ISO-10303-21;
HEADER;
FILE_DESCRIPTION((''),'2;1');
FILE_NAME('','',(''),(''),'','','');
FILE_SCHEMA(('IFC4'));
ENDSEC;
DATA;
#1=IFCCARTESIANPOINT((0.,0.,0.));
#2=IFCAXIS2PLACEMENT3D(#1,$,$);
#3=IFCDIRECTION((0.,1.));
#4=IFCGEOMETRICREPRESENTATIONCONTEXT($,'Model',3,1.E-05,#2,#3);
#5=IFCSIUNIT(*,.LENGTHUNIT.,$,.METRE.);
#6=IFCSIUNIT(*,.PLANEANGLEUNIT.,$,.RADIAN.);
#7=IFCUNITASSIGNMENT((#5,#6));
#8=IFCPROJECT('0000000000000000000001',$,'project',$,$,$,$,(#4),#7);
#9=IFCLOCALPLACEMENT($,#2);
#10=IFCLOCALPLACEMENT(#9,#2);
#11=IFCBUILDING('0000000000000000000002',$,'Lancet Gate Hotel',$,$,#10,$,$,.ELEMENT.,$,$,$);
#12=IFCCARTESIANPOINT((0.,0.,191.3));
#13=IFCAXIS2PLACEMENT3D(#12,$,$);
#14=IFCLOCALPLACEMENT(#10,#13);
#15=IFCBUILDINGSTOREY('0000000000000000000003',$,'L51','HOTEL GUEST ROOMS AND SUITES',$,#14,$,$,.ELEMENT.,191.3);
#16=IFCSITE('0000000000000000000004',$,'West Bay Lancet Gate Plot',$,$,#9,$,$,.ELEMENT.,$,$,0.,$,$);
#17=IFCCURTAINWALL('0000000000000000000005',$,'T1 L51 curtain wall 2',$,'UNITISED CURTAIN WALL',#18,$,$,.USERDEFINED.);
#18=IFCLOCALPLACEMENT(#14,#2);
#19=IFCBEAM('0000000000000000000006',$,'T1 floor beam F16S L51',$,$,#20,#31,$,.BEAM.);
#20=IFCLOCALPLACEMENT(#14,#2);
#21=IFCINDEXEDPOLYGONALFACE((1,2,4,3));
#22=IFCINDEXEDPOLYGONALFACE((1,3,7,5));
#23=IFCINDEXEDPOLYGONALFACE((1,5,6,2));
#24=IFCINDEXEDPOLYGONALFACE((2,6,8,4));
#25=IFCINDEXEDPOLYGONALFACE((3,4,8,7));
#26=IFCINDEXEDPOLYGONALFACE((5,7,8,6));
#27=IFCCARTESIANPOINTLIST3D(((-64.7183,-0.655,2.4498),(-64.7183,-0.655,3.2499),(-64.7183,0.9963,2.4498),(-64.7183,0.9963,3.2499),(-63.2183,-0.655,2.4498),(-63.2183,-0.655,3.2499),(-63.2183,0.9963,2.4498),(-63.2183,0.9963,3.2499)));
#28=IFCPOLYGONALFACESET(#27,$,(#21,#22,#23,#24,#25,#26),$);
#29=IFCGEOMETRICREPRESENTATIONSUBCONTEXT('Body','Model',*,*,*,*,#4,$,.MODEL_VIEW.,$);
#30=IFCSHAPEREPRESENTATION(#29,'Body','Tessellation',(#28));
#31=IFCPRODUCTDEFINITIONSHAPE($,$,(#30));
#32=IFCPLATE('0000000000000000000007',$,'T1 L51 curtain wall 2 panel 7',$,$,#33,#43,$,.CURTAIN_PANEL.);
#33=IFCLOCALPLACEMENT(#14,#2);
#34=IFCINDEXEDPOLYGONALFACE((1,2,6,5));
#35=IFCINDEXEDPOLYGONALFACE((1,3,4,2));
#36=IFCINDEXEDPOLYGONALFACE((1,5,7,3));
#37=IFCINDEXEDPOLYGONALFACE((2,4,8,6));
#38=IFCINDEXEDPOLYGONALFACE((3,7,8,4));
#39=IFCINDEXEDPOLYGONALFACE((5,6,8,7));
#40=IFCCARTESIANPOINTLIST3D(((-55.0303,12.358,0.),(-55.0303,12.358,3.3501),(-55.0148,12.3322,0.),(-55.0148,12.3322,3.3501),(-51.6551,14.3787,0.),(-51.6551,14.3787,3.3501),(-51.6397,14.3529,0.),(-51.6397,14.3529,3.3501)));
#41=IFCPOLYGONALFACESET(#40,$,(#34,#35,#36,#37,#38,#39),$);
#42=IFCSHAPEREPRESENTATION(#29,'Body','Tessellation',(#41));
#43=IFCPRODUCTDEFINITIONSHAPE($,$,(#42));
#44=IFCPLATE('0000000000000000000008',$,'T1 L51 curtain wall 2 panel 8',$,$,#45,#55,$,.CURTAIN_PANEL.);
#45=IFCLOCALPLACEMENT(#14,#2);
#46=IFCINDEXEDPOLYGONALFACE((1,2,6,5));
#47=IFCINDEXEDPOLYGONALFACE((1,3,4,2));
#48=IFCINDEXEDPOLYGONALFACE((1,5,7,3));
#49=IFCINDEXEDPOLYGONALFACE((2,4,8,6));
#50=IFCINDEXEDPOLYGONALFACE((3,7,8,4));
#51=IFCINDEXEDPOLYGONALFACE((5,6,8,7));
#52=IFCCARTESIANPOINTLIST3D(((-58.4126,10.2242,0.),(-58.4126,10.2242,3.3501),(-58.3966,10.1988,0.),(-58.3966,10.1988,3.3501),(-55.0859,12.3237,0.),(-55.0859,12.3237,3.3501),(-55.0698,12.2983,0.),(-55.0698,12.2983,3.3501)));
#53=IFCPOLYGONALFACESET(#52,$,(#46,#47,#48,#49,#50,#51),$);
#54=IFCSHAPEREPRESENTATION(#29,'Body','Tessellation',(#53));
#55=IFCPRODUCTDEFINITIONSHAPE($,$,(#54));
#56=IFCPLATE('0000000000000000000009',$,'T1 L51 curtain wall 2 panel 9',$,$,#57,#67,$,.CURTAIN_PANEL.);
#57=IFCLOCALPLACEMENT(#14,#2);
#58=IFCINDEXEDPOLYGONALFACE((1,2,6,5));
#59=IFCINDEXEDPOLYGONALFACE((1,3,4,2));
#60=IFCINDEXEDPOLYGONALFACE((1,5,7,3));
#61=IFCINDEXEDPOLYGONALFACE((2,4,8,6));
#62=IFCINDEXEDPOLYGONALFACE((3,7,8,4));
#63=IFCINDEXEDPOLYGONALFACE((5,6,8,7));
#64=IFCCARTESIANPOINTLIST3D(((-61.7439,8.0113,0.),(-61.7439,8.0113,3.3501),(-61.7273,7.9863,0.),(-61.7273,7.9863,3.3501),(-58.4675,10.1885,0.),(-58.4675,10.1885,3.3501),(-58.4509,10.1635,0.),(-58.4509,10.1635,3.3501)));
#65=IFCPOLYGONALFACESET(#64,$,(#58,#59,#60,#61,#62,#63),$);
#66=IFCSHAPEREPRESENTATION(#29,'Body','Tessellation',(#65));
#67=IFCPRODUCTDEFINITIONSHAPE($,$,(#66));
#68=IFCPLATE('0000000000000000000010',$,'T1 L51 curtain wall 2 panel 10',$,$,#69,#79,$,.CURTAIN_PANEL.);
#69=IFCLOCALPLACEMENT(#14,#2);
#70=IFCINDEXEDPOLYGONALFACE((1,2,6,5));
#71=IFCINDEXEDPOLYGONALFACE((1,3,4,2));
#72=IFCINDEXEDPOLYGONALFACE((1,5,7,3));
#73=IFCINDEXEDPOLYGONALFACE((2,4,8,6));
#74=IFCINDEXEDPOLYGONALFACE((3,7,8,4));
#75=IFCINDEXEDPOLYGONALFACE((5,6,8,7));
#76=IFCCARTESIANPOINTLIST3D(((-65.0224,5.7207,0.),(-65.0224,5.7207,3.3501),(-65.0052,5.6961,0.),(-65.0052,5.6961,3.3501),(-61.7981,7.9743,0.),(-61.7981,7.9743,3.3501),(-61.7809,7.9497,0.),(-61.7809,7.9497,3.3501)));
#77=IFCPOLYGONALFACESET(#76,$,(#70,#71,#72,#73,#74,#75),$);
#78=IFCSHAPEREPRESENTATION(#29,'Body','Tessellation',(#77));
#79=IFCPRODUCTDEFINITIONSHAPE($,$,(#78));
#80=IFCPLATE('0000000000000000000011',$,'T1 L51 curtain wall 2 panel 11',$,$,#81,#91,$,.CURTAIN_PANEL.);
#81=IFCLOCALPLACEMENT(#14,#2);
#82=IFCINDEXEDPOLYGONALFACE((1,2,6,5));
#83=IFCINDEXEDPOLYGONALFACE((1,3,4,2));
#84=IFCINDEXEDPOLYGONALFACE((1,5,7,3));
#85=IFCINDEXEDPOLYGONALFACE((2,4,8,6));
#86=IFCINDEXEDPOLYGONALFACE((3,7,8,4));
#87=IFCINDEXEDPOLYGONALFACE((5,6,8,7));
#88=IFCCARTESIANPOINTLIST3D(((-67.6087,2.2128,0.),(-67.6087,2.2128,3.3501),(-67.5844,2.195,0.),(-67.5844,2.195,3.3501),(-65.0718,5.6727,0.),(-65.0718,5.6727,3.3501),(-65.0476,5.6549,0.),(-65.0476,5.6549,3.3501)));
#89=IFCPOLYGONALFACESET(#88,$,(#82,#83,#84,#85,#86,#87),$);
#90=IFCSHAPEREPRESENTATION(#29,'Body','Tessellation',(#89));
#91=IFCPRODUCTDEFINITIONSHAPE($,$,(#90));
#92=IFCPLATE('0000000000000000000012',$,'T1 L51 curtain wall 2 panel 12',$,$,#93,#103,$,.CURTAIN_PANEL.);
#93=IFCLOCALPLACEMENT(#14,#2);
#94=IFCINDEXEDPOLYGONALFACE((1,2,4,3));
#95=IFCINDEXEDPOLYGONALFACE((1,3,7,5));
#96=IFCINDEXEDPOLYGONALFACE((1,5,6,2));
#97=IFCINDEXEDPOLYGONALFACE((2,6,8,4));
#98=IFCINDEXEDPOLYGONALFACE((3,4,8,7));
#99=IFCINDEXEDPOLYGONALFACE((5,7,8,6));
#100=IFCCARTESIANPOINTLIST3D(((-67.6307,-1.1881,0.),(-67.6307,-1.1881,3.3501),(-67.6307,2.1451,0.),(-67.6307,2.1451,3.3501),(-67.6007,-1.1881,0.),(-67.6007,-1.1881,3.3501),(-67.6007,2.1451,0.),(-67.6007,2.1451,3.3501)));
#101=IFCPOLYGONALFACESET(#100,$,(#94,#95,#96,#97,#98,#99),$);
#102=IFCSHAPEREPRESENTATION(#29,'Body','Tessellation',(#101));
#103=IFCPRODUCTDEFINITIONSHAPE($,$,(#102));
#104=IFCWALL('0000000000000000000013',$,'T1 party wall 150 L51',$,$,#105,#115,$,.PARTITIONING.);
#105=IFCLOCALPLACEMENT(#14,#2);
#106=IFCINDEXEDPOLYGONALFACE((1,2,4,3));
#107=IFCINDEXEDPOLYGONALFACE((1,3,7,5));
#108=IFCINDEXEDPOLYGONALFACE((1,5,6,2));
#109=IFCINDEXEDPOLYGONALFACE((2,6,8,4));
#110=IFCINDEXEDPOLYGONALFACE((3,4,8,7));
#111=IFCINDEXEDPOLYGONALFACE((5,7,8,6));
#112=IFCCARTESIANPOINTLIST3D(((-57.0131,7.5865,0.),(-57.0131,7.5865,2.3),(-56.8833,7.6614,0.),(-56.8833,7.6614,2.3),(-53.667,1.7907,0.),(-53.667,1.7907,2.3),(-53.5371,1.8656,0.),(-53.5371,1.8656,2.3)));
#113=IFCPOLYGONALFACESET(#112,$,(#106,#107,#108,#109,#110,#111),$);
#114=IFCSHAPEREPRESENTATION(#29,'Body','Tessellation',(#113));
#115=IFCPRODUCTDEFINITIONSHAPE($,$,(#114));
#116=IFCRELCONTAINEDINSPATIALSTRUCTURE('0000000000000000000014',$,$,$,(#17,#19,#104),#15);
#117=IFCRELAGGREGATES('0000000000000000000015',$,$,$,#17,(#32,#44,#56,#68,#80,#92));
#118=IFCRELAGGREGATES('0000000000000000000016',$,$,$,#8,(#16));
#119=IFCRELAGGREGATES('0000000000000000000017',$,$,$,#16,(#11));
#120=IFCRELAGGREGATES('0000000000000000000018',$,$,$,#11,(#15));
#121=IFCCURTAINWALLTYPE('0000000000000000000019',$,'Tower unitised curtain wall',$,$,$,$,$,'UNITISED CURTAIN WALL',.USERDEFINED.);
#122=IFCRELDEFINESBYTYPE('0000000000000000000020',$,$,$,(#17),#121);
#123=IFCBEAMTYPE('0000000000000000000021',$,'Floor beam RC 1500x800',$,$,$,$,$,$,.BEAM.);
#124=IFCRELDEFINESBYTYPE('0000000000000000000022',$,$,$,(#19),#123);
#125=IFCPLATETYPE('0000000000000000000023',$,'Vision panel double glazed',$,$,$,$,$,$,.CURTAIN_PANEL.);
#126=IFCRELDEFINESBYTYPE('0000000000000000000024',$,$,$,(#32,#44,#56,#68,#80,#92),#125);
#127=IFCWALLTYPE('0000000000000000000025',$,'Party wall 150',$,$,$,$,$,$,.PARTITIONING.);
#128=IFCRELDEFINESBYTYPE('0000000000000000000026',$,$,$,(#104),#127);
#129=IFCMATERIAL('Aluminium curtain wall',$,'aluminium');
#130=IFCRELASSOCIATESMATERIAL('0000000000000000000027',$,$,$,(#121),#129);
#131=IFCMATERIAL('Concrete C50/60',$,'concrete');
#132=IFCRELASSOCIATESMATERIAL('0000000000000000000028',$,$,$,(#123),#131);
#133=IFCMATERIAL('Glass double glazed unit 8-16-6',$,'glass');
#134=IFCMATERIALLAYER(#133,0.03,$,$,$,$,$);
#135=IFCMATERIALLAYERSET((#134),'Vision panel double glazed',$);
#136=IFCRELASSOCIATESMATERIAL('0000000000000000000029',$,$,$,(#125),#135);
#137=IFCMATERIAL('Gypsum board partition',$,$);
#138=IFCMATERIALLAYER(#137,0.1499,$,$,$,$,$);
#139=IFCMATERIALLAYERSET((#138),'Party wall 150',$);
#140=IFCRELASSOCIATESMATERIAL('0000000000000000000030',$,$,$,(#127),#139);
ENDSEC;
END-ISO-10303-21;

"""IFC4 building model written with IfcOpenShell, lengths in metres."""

from ifc_helpers import new_model, si_unit, direction, frame, frame_2d, origin, origin_2d, place, context, subcontext, project, spatial, rectangle, extrude, material, layer, layer_set, material_profile, profile_set, type_object, element, aggregate, save


model = new_model("IFC4")

# Units and contexts
model_context = context("Model", 3, precision=1e-05, world=origin(), true_north=direction((0.0, 1.0)))
body_context = subcontext(model_context, "Body", "Model", "MODEL_VIEW")
ifc_project = project(units=[si_unit("LENGTHUNIT", "METRE"), si_unit("PLANEANGLEUNIT", "RADIAN")], contexts=[model_context])

# Site, building, storey
site_placement = place(None, origin())
site = spatial("IfcSite", under=ifc_project, at=site_placement, Name="West Bay Lancet Gate Plot", CompositionType="ELEMENT", RefElevation=0.0)
building_placement = place(site_placement, origin())
building = spatial("IfcBuilding", under=site, at=building_placement, Name="Lancet Gate Hotel", CompositionType="ELEMENT")
storey_placement = place(building_placement, frame((0.0, 0.0, 191.3)))
storey = spatial("IfcBuildingStorey", under=building, at=storey_placement, Name="L51", Description="HOTEL GUEST ROOMS AND SUITES", CompositionType="ELEMENT", Elevation=191.3)

# Curtain wall
ifc_material_1 = material(Name="Aluminium curtain wall", Category="aluminium")
curtain_wall_type = type_object("IfcCurtainWallType", Name="Tower unitised curtain wall", ElementType="UNITISED CURTAIN WALL", PredefinedType="USERDEFINED", material=ifc_material_1)
curtain_wall_placement = place(storey_placement, origin())
curtain_wall = element("IfcCurtainWall", 1, at=curtain_wall_placement, inside=storey, type_object=curtain_wall_type, Name="T1 L51 curtain wall 2", ObjectType="UNITISED CURTAIN WALL", PredefinedType="USERDEFINED")

# Beam
ifc_material_2 = material(Name="Concrete C50/60", Category="concrete")
ifc_material_profile_1 = material_profile(ifc_material_2, rectangle(XDim=1.5, YDim=0.8, at=origin_2d()), Name="RC 1500x800")
ifc_profile_set_1 = profile_set([ifc_material_profile_1], Name="Concrete C50/60")
beam_type_1 = type_object("IfcBeamType", Name="Floor beam RC 1500x800", PredefinedType="BEAM", material=ifc_profile_set_1)
beam_1_placement = place(storey_placement, frame((-63.9683, 0.9963, 2.8499), z_axis=(0.0, -1.0, 0.0), x_axis=(1.0, 0.0, 0.0)))
element("IfcBeam", 2, at=beam_1_placement, inside=storey, type_object=beam_type_1, Name="T1 floor beam F16S L51", PredefinedType="BEAM", context=body_context, shape_type="SweptSolid", body=[
    extrude(rectangle(XDim=1.5, YDim=0.8, at=origin_2d()), origin(), (0.0, 0.0, 1.0), 1.6514),
])

# Plates
ifc_material_3 = material(Name="Glass double glazed unit 8-16-6", Category="glass")
ifc_layer_1 = layer(ifc_material_3, 0.03)
ifc_layer_set_1 = layer_set([ifc_layer_1], Name="Vision panel double glazed")
plate_type = type_object("IfcPlateType", Name="Vision panel double glazed", PredefinedType="CURTAIN_PANEL", material=ifc_layer_set_1)
plate_1_placement = place(storey_placement, frame((-53.335, 13.3555, 0.0), z_axis=(0.0, 0.0, 1.0), x_axis=(-0.857987, -0.513672, 0.0)))
plate_1 = element("IfcPlate", 3, at=plate_1_placement, type_object=plate_type, Name="T1 L51 curtain wall 2 panel 7", PredefinedType="CURTAIN_PANEL", context=body_context, shape_type="SweptSolid", body=[
    extrude(rectangle(XDim=3.9338, YDim=0.03, at=origin_2d()), origin(), (0.0, 0.0, 1.0), 3.3501),
])
plate_2_placement = place(storey_placement, frame((-56.7412, 11.2612, 0.0), z_axis=(0.0, 0.0, 1.0), x_axis=(-0.845667, -0.533711, 0.0)))
plate_2 = element("IfcPlate", 4, at=plate_2_placement, type_object=plate_type, Name="T1 L51 curtain wall 2 panel 8", PredefinedType="CURTAIN_PANEL", context=body_context, shape_type="SweptSolid", body=[
    extrude(rectangle(XDim=3.9338, YDim=0.03, at=origin_2d()), origin(), (0.0, 0.0, 1.0), 3.3501),
])
plate_3_placement = place(storey_placement, frame((-60.0974, 9.0874, 0.0), z_axis=(0.0, 0.0, 1.0), x_axis=(-0.832879, -0.553455, 0.0)))
plate_3 = element("IfcPlate", 5, at=plate_3_placement, type_object=plate_type, Name="T1 L51 curtain wall 2 panel 9", PredefinedType="CURTAIN_PANEL", context=body_context, shape_type="SweptSolid", body=[
    extrude(rectangle(XDim=3.9338, YDim=0.03, at=origin_2d()), origin(), (0.0, 0.0, 1.0), 3.3501),
])
plate_4_placement = place(storey_placement, frame((-63.4016, 6.8352, 0.0), z_axis=(0.0, 0.0, 1.0), x_axis=(-0.819631, -0.572892, 0.0)))
plate_4 = element("IfcPlate", 6, at=plate_4_placement, type_object=plate_type, Name="T1 L51 curtain wall 2 panel 10", PredefinedType="CURTAIN_PANEL", context=body_context, shape_type="SweptSolid", body=[
    extrude(rectangle(XDim=3.9338, YDim=0.03, at=origin_2d()), origin(), (0.0, 0.0, 1.0), 3.3501),
])
plate_5_placement = place(storey_placement, frame((-66.3281, 3.9338, 0.0), z_axis=(0.0, 0.0, 1.0), x_axis=(-0.5913, -0.806452, 0.0)))
plate_5 = element("IfcPlate", 7, at=plate_5_placement, type_object=plate_type, Name="T1 L51 curtain wall 2 panel 11", PredefinedType="CURTAIN_PANEL", context=body_context, shape_type="SweptSolid", body=[
    extrude(rectangle(XDim=4.2903, YDim=0.03, at=origin_2d()), origin(), (0.0, 0.0, 1.0), 3.3501),
])
plate_6_placement = place(storey_placement, frame((-67.6157, 0.4785, 0.0), z_axis=(0.0, 0.0, 1.0), x_axis=(0.0, -1.0, 0.0)))
plate_6 = element("IfcPlate", 8, at=plate_6_placement, type_object=plate_type, Name="T1 L51 curtain wall 2 panel 12", PredefinedType="CURTAIN_PANEL", context=body_context, shape_type="SweptSolid", body=[
    extrude(rectangle(XDim=3.3333, YDim=0.03, at=origin_2d()), origin(), (0.0, 0.0, 1.0), 3.3501),
])
aggregate(curtain_wall, [plate_1, plate_2, plate_3, plate_4, plate_5, plate_6])

# Wall
ifc_material_4 = material(Name="Gypsum board partition")
ifc_layer_2 = layer(ifc_material_4, 0.1499)
ifc_layer_set_2 = layer_set([ifc_layer_2], Name="Party wall 150")
wall_type = type_object("IfcWallType", Name="Party wall 150", PredefinedType="PARTITIONING", material=ifc_layer_set_2)
wall_placement = place(storey_placement, frame((-53.6021, 1.8281, 0.0), z_axis=(0.0, 0.0, 1.0), x_axis=(-0.499992, 0.86603, 0.0)))
element("IfcWall", 9, at=wall_placement, inside=storey, type_object=wall_type, Name="T1 party wall 150 L51", PredefinedType="PARTITIONING", context=body_context, shape_type="SweptSolid", body=[
    extrude(rectangle(XDim=6.6924, YDim=0.1499, at=frame_2d((3.3462, 0.0))), origin(), (0.0, 0.0, 1.0), 2.3),
])

save(model, "model.ifc")
